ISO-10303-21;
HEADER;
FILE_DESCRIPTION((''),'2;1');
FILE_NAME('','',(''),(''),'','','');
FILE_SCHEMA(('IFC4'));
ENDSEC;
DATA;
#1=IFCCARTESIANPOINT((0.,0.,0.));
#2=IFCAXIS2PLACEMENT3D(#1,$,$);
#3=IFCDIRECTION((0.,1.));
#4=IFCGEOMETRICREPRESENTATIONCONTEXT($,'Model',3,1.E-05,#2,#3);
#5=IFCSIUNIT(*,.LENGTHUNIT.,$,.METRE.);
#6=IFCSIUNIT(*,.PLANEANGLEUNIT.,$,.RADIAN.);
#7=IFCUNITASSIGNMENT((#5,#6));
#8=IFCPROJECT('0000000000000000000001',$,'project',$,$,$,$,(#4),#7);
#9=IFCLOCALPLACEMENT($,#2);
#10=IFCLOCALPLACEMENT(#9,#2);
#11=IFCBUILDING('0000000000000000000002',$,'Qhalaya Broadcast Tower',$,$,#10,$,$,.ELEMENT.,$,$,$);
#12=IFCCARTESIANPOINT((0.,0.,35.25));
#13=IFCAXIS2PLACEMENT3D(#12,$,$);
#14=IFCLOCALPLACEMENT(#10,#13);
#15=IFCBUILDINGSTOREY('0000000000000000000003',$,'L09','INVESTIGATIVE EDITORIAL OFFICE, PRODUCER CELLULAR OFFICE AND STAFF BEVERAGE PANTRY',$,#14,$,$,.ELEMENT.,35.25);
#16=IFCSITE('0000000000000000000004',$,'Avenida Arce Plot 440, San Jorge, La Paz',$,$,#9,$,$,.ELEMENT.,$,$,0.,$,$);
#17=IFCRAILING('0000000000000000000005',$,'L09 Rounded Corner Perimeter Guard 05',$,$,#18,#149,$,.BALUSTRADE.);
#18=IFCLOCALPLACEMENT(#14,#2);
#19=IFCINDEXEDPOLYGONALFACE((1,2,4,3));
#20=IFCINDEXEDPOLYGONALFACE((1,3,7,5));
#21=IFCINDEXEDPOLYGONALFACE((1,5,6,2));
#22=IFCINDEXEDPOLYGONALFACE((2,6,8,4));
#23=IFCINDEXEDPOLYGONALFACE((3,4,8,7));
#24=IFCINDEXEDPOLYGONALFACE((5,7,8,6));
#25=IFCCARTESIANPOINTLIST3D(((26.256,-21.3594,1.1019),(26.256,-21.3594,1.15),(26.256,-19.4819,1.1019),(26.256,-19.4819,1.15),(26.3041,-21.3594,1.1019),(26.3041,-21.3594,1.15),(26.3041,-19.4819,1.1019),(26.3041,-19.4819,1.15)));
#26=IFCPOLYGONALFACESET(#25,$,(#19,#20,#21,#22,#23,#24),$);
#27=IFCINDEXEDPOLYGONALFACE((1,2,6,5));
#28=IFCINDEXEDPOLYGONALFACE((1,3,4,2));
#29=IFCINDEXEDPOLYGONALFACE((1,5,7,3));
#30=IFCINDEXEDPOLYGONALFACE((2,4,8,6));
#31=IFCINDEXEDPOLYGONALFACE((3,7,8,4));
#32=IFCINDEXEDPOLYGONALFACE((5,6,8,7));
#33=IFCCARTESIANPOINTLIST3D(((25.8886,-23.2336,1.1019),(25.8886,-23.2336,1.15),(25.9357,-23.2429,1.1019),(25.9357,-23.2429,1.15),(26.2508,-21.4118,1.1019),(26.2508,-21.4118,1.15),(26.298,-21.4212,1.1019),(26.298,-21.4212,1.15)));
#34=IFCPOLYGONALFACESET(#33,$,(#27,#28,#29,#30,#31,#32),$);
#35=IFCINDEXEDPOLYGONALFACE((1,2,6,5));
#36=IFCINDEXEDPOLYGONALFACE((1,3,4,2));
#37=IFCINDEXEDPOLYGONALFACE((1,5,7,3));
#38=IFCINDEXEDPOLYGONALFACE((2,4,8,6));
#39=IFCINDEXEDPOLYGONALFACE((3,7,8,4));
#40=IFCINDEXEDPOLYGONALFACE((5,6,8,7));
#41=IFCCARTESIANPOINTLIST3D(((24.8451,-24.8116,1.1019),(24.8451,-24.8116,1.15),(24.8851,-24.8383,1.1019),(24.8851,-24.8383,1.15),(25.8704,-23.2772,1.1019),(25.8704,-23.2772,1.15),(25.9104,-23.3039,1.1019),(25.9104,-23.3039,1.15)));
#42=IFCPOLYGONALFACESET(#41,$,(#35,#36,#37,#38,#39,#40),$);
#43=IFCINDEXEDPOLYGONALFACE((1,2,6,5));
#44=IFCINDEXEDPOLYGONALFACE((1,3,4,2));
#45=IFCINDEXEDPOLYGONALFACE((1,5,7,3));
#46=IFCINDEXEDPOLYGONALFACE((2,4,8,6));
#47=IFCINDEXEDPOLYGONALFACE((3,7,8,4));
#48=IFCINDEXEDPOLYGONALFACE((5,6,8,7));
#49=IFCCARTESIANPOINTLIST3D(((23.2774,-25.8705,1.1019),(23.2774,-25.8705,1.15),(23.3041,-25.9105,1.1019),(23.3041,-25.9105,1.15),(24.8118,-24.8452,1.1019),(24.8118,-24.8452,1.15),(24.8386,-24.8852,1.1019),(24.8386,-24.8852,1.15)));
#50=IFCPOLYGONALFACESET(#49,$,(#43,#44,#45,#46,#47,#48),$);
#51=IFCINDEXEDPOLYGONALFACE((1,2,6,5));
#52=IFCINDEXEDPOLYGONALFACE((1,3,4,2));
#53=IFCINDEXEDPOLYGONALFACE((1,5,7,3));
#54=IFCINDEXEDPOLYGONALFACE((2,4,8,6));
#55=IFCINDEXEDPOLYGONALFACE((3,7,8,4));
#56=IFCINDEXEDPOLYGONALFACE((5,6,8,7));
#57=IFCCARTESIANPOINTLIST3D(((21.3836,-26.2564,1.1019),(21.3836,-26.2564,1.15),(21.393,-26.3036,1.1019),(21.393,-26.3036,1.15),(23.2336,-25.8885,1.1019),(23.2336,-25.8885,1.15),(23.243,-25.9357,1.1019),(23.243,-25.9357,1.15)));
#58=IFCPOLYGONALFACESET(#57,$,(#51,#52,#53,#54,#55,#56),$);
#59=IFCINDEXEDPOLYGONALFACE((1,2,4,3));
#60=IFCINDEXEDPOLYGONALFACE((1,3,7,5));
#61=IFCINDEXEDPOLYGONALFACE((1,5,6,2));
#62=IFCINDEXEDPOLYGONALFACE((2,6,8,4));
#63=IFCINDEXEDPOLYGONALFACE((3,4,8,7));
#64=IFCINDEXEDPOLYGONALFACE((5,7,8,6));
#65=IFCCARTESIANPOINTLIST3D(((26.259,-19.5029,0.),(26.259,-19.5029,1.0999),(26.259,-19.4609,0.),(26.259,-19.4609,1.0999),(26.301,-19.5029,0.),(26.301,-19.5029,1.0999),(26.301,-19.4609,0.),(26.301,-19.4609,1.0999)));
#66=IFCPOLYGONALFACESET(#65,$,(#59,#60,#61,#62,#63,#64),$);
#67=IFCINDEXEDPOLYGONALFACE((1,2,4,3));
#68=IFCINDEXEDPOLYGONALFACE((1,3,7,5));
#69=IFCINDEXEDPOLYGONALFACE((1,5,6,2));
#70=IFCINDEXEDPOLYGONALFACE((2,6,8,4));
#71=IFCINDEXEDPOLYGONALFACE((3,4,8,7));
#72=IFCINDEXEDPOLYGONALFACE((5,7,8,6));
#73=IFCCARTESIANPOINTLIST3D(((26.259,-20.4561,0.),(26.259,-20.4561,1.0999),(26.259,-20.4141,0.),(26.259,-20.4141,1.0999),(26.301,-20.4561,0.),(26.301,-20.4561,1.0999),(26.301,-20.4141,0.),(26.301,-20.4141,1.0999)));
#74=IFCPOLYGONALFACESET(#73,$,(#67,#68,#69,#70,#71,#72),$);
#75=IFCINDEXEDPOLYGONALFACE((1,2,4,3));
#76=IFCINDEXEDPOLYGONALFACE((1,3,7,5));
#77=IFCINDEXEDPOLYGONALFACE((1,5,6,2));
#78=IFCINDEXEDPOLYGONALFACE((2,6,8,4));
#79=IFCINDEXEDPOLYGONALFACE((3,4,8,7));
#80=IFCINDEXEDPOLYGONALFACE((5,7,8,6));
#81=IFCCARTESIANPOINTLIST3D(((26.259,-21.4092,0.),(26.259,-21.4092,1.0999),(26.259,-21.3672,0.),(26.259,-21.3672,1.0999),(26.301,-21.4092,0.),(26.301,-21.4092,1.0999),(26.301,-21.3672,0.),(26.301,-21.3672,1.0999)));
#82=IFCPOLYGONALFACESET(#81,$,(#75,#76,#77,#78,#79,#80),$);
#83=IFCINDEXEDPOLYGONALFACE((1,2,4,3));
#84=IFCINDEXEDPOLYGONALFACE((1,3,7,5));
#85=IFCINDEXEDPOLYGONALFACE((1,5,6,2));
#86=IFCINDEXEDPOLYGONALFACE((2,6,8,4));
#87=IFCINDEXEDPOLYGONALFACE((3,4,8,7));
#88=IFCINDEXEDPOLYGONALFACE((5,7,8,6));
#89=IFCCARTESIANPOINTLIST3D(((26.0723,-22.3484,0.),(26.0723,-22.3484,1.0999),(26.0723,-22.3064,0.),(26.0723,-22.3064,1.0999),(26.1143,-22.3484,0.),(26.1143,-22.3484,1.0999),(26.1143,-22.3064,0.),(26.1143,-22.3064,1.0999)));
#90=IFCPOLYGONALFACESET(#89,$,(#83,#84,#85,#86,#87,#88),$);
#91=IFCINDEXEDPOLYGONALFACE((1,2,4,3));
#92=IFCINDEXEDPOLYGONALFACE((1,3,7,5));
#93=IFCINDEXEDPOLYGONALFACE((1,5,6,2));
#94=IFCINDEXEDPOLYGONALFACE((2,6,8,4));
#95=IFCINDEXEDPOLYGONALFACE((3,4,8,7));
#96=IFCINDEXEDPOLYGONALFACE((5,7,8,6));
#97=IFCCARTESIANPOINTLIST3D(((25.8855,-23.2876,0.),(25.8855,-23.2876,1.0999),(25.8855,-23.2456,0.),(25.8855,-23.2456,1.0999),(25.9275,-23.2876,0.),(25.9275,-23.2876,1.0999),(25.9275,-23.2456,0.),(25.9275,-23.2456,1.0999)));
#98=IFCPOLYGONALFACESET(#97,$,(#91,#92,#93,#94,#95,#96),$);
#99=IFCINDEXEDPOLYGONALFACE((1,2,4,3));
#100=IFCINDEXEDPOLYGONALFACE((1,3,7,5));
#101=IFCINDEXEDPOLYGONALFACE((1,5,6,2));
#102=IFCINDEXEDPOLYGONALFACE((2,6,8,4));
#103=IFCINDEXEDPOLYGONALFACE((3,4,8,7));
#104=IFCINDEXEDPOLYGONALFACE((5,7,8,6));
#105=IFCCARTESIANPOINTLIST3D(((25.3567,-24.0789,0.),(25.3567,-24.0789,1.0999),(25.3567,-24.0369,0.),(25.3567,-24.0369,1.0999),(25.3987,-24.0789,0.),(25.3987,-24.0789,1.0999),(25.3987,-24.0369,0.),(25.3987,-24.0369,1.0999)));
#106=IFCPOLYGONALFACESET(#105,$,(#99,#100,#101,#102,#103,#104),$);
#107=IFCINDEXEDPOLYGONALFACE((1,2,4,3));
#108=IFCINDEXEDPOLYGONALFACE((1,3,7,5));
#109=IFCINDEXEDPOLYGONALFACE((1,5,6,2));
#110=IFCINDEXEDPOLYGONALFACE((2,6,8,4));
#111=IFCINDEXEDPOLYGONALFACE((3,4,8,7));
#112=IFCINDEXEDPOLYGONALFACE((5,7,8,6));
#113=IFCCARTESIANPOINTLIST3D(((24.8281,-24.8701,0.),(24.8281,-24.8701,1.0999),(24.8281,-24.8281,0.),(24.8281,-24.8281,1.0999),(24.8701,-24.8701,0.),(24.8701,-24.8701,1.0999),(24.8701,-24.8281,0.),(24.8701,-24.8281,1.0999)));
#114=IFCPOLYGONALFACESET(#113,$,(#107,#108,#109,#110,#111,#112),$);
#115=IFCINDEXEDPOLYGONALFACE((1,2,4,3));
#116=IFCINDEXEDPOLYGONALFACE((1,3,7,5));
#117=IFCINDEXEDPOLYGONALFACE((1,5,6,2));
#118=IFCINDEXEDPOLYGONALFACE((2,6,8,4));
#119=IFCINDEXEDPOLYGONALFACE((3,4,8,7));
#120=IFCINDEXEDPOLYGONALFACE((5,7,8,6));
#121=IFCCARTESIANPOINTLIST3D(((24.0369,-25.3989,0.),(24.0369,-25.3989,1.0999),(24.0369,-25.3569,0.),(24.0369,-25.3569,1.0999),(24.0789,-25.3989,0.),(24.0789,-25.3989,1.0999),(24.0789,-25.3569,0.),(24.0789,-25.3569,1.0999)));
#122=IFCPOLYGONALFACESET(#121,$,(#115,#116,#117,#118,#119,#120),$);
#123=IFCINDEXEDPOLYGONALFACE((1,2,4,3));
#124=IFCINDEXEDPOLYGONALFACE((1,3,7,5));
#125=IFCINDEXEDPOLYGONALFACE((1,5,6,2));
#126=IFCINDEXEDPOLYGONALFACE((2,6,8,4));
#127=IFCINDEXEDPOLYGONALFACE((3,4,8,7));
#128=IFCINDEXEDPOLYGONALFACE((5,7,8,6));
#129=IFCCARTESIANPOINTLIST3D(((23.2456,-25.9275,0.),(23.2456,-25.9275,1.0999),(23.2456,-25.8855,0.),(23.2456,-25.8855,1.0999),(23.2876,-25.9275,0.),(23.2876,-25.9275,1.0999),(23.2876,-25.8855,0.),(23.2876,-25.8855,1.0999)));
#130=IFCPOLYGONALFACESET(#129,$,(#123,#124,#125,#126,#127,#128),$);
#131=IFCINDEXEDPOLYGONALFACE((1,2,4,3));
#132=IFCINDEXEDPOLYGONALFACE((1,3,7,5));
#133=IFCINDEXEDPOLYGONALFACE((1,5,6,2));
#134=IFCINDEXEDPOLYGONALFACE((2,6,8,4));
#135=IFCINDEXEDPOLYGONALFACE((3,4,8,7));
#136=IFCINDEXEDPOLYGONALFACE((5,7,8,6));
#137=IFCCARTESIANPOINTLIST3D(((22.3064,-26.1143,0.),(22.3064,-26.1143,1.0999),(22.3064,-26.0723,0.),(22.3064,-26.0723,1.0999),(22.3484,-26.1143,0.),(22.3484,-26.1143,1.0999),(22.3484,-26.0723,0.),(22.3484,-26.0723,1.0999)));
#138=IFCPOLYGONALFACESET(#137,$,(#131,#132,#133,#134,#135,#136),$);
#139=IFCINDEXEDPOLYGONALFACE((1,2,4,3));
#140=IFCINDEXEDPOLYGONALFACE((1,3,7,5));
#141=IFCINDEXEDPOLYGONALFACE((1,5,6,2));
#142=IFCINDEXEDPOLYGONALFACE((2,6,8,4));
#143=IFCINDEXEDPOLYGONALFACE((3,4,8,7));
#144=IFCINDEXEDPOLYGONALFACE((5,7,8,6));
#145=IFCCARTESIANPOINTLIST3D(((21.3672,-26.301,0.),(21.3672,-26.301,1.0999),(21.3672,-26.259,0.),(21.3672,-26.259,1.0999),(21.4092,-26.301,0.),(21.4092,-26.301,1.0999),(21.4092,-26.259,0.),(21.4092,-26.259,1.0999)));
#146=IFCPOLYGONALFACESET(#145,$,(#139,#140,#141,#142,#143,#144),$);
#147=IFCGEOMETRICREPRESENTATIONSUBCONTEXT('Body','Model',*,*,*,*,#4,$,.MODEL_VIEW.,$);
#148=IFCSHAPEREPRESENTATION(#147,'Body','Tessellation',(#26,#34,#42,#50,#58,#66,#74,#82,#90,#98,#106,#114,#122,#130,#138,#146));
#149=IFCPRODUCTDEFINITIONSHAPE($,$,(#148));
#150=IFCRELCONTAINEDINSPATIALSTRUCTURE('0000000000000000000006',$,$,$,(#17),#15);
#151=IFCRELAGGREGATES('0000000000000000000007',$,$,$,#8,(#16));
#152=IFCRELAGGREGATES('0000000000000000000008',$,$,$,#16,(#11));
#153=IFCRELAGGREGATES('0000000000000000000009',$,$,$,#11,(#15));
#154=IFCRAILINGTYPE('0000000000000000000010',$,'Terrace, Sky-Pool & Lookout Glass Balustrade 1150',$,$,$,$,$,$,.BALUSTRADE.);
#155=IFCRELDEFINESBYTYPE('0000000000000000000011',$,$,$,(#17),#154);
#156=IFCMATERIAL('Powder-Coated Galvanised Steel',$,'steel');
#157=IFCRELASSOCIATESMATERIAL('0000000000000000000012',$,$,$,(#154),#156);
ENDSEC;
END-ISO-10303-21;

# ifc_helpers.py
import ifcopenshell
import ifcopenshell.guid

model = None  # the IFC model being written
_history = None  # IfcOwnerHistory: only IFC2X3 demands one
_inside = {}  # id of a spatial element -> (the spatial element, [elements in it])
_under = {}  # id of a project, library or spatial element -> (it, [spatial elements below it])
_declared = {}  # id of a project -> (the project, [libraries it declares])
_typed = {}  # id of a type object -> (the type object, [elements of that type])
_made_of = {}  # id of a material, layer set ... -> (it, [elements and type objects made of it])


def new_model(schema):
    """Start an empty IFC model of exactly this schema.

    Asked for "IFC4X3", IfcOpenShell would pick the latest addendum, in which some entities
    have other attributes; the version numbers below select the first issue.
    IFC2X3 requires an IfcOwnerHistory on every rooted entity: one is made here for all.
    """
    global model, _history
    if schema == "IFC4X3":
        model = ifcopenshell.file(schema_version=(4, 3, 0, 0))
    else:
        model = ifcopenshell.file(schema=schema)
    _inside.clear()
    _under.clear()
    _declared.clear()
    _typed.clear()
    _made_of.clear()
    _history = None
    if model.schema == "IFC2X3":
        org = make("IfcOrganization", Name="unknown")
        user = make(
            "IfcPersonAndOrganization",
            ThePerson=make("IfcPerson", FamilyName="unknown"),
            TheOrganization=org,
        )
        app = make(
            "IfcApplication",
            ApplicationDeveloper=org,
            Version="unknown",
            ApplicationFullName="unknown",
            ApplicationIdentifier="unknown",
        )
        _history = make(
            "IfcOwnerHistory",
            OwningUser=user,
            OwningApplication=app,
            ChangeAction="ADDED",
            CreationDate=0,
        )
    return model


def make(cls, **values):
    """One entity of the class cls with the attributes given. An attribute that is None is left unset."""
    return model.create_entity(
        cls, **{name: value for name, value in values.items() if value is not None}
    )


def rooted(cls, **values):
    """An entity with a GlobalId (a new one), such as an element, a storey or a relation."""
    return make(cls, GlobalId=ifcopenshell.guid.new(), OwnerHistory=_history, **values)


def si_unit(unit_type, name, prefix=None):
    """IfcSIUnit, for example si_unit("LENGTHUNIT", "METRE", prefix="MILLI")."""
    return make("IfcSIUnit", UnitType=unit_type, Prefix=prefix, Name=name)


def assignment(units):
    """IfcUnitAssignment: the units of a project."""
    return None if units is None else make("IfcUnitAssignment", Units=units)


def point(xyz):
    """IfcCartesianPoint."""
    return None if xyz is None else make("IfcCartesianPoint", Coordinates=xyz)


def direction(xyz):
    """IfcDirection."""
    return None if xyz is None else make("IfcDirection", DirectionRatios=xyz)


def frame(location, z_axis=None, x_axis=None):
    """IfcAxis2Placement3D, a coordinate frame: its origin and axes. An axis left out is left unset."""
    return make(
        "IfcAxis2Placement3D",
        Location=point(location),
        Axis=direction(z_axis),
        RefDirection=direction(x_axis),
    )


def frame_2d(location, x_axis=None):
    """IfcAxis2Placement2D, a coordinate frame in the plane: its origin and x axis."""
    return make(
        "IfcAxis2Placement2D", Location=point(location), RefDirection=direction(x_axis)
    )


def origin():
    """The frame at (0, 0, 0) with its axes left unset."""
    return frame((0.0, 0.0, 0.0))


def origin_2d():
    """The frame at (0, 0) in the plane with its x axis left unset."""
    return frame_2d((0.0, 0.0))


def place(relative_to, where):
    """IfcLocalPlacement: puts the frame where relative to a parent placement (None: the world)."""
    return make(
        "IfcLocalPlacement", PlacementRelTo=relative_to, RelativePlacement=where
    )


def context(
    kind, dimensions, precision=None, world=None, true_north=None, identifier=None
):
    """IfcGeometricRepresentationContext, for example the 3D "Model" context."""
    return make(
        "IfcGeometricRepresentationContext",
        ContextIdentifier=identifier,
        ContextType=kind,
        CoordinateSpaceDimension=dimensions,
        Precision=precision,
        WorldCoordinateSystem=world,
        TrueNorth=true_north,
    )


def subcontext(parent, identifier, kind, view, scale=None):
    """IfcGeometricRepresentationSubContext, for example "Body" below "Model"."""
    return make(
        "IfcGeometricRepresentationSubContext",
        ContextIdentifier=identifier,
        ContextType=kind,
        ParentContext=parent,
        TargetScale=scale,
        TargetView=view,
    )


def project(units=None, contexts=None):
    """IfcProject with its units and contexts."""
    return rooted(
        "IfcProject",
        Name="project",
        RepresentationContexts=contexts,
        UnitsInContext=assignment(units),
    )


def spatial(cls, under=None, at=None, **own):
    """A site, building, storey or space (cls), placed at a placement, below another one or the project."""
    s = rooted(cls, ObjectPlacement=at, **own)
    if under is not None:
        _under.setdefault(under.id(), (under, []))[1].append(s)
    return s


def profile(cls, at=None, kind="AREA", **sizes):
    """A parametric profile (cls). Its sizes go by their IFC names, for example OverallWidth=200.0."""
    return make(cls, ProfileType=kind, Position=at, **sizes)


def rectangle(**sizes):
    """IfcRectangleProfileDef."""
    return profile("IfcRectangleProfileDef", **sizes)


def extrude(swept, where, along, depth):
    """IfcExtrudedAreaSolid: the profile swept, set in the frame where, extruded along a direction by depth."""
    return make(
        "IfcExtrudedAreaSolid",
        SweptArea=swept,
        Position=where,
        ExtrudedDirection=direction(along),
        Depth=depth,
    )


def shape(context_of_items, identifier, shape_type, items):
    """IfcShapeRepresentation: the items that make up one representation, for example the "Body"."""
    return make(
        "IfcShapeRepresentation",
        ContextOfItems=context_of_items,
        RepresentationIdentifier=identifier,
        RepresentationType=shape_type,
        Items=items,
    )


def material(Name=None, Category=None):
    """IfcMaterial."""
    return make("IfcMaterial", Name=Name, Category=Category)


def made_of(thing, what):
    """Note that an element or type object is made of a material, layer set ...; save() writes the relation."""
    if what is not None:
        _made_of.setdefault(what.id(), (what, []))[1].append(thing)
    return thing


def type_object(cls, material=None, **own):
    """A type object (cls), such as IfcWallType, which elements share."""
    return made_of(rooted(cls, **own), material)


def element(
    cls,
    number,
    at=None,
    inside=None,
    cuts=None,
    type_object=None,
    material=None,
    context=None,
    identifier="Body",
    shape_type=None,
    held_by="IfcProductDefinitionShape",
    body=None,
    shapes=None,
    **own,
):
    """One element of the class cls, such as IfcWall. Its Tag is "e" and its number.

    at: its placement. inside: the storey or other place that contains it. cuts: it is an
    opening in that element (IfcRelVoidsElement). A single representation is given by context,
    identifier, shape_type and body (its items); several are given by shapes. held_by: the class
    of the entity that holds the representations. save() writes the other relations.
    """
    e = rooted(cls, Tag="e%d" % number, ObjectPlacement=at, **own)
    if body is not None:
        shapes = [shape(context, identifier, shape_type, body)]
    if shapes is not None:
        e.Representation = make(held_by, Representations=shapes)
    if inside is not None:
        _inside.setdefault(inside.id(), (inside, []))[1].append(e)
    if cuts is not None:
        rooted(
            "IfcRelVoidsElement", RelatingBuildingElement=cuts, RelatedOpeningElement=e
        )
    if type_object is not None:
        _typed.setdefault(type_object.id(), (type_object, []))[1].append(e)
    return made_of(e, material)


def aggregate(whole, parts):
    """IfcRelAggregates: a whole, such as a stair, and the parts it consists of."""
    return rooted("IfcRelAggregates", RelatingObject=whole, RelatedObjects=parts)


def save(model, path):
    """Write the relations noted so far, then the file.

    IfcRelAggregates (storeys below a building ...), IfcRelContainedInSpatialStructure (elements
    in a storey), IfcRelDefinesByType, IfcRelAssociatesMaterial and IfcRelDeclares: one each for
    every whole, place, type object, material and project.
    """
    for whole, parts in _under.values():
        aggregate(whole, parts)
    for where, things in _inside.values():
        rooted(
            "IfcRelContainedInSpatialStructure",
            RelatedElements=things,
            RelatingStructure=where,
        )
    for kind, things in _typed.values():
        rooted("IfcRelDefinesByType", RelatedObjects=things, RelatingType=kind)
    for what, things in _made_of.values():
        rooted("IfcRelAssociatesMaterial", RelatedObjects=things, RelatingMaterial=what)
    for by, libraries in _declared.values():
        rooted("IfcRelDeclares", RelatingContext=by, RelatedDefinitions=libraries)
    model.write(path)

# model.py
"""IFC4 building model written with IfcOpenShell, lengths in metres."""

from ifc_helpers import new_model, si_unit, direction, frame, origin, origin_2d, place, context, subcontext, project, spatial, rectangle, extrude, material, type_object, element, save


model = new_model("IFC4")

# Units and contexts
model_context = context("Model", 3, precision=1e-05, world=origin(), true_north=direction((0.0, 1.0)))
body_context = subcontext(model_context, "Body", "Model", "MODEL_VIEW")
ifc_project = project(units=[si_unit("LENGTHUNIT", "METRE"), si_unit("PLANEANGLEUNIT", "RADIAN")], contexts=[model_context])

# Site, building, storey
site_placement = place(None, origin())
site = spatial("IfcSite", under=ifc_project, at=site_placement, Name="Avenida Arce Plot 440, San Jorge, La Paz", CompositionType="ELEMENT", RefElevation=0.0)
building_placement = place(site_placement, origin())
building = spatial("IfcBuilding", under=site, at=building_placement, Name="Qhalaya Broadcast Tower", CompositionType="ELEMENT")
storey_placement = place(building_placement, frame((0.0, 0.0, 35.25)))
storey = spatial("IfcBuildingStorey", under=building, at=storey_placement, Name="L09", Description="INVESTIGATIVE EDITORIAL OFFICE, PRODUCER CELLULAR OFFICE AND STAFF BEVERAGE PANTRY", CompositionType="ELEMENT", Elevation=35.25)

# Railing
ifc_material_1 = material(Name="Powder-Coated Galvanised Steel", Category="steel")
railing_type = type_object("IfcRailingType", Name="Terrace, Sky-Pool & Lookout Glass Balustrade 1150", PredefinedType="BALUSTRADE", material=ifc_material_1)
railing_1_placement = place(storey_placement, frame((26.28, -19.4819, 0.0)))
element("IfcRailing", 1, at=railing_1_placement, inside=storey, type_object=railing_type, Name="L09 Rounded Corner Perimeter Guard 05", PredefinedType="BALUSTRADE", context=body_context, shape_type="SweptSolid", body=[
    extrude(rectangle(XDim=0.0481, YDim=0.0481, at=origin_2d()), frame((0.0, 0.0, 1.126), z_axis=(0.0, -1.0, 0.0), x_axis=(1.0, 0.0, 0.0)), (0.0, 0.0, 1.0), 1.8774),
    extrude(rectangle(XDim=0.0481, YDim=0.0481, at=origin_2d()), frame((-0.0056, -1.9346, 1.126), z_axis=(-0.195037, -0.980796, 0.0), x_axis=(0.980796, -0.195037, 0.0)), (0.0, 0.0, 1.0), 1.8574),
    extrude(rectangle(XDim=0.0481, YDim=0.0481, at=origin_2d()), frame((-0.3896, -3.8086, 1.126), z_axis=(-0.555558, -0.831478, 0.0), x_axis=(0.831478, -0.555558, 0.0)), (0.0, 0.0, 1.0), 1.8455),
    extrude(rectangle(XDim=0.0481, YDim=0.0481, at=origin_2d()), frame((-1.4548, -5.3833, 1.126), z_axis=(-0.831478, -0.555558, 0.0), x_axis=(0.555558, -0.831478, 0.0)), (0.0, 0.0, 1.0), 1.8455),
    extrude(rectangle(XDim=0.0481, YDim=0.0481, at=origin_2d()), frame((-3.0417, -6.4302, 1.126), z_axis=(-0.980796, -0.195037, 0.0), x_axis=(0.195037, -0.980796, 0.0)), (0.0, 0.0, 1.0), 1.8862),
    extrude(rectangle(XDim=0.042, YDim=0.042, at=origin_2d()), origin(), (0.0, 0.0, 1.0), 1.0999),
    extrude(rectangle(XDim=0.042, YDim=0.042, at=origin_2d()), frame((0.0, -0.9531, 0.0)), (0.0, 0.0, 1.0), 1.0999),
    extrude(rectangle(XDim=0.042, YDim=0.042, at=origin_2d()), frame((0.0, -1.9062, 0.0)), (0.0, 0.0, 1.0), 1.0999),
    extrude(rectangle(XDim=0.042, YDim=0.042, at=origin_2d()), frame((-0.1868, -2.8455, 0.0)), (0.0, 0.0, 1.0), 1.0999),
    extrude(rectangle(XDim=0.042, YDim=0.042, at=origin_2d()), frame((-0.3735, -3.7847, 0.0)), (0.0, 0.0, 1.0), 1.0999),
    extrude(rectangle(XDim=0.042, YDim=0.042, at=origin_2d()), frame((-0.9023, -4.5759, 0.0)), (0.0, 0.0, 1.0), 1.0999),
    extrude(rectangle(XDim=0.042, YDim=0.042, at=origin_2d()), frame((-1.4309, -5.3672, 0.0)), (0.0, 0.0, 1.0), 1.0999),
    extrude(rectangle(XDim=0.042, YDim=0.042, at=origin_2d()), frame((-2.2222, -5.896, 0.0)), (0.0, 0.0, 1.0), 1.0999),
    extrude(rectangle(XDim=0.042, YDim=0.042, at=origin_2d()), frame((-3.0134, -6.4246, 0.0)), (0.0, 0.0, 1.0), 1.0999),
    extrude(rectangle(XDim=0.042, YDim=0.042, at=origin_2d()), frame((-3.9526, -6.6113, 0.0)), (0.0, 0.0, 1.0), 1.0999),
    extrude(rectangle(XDim=0.042, YDim=0.042, at=origin_2d()), frame((-4.8918, -6.7981, 0.0)), (0.0, 0.0, 1.0), 1.0999),
])

save(model, "model.ifc")
